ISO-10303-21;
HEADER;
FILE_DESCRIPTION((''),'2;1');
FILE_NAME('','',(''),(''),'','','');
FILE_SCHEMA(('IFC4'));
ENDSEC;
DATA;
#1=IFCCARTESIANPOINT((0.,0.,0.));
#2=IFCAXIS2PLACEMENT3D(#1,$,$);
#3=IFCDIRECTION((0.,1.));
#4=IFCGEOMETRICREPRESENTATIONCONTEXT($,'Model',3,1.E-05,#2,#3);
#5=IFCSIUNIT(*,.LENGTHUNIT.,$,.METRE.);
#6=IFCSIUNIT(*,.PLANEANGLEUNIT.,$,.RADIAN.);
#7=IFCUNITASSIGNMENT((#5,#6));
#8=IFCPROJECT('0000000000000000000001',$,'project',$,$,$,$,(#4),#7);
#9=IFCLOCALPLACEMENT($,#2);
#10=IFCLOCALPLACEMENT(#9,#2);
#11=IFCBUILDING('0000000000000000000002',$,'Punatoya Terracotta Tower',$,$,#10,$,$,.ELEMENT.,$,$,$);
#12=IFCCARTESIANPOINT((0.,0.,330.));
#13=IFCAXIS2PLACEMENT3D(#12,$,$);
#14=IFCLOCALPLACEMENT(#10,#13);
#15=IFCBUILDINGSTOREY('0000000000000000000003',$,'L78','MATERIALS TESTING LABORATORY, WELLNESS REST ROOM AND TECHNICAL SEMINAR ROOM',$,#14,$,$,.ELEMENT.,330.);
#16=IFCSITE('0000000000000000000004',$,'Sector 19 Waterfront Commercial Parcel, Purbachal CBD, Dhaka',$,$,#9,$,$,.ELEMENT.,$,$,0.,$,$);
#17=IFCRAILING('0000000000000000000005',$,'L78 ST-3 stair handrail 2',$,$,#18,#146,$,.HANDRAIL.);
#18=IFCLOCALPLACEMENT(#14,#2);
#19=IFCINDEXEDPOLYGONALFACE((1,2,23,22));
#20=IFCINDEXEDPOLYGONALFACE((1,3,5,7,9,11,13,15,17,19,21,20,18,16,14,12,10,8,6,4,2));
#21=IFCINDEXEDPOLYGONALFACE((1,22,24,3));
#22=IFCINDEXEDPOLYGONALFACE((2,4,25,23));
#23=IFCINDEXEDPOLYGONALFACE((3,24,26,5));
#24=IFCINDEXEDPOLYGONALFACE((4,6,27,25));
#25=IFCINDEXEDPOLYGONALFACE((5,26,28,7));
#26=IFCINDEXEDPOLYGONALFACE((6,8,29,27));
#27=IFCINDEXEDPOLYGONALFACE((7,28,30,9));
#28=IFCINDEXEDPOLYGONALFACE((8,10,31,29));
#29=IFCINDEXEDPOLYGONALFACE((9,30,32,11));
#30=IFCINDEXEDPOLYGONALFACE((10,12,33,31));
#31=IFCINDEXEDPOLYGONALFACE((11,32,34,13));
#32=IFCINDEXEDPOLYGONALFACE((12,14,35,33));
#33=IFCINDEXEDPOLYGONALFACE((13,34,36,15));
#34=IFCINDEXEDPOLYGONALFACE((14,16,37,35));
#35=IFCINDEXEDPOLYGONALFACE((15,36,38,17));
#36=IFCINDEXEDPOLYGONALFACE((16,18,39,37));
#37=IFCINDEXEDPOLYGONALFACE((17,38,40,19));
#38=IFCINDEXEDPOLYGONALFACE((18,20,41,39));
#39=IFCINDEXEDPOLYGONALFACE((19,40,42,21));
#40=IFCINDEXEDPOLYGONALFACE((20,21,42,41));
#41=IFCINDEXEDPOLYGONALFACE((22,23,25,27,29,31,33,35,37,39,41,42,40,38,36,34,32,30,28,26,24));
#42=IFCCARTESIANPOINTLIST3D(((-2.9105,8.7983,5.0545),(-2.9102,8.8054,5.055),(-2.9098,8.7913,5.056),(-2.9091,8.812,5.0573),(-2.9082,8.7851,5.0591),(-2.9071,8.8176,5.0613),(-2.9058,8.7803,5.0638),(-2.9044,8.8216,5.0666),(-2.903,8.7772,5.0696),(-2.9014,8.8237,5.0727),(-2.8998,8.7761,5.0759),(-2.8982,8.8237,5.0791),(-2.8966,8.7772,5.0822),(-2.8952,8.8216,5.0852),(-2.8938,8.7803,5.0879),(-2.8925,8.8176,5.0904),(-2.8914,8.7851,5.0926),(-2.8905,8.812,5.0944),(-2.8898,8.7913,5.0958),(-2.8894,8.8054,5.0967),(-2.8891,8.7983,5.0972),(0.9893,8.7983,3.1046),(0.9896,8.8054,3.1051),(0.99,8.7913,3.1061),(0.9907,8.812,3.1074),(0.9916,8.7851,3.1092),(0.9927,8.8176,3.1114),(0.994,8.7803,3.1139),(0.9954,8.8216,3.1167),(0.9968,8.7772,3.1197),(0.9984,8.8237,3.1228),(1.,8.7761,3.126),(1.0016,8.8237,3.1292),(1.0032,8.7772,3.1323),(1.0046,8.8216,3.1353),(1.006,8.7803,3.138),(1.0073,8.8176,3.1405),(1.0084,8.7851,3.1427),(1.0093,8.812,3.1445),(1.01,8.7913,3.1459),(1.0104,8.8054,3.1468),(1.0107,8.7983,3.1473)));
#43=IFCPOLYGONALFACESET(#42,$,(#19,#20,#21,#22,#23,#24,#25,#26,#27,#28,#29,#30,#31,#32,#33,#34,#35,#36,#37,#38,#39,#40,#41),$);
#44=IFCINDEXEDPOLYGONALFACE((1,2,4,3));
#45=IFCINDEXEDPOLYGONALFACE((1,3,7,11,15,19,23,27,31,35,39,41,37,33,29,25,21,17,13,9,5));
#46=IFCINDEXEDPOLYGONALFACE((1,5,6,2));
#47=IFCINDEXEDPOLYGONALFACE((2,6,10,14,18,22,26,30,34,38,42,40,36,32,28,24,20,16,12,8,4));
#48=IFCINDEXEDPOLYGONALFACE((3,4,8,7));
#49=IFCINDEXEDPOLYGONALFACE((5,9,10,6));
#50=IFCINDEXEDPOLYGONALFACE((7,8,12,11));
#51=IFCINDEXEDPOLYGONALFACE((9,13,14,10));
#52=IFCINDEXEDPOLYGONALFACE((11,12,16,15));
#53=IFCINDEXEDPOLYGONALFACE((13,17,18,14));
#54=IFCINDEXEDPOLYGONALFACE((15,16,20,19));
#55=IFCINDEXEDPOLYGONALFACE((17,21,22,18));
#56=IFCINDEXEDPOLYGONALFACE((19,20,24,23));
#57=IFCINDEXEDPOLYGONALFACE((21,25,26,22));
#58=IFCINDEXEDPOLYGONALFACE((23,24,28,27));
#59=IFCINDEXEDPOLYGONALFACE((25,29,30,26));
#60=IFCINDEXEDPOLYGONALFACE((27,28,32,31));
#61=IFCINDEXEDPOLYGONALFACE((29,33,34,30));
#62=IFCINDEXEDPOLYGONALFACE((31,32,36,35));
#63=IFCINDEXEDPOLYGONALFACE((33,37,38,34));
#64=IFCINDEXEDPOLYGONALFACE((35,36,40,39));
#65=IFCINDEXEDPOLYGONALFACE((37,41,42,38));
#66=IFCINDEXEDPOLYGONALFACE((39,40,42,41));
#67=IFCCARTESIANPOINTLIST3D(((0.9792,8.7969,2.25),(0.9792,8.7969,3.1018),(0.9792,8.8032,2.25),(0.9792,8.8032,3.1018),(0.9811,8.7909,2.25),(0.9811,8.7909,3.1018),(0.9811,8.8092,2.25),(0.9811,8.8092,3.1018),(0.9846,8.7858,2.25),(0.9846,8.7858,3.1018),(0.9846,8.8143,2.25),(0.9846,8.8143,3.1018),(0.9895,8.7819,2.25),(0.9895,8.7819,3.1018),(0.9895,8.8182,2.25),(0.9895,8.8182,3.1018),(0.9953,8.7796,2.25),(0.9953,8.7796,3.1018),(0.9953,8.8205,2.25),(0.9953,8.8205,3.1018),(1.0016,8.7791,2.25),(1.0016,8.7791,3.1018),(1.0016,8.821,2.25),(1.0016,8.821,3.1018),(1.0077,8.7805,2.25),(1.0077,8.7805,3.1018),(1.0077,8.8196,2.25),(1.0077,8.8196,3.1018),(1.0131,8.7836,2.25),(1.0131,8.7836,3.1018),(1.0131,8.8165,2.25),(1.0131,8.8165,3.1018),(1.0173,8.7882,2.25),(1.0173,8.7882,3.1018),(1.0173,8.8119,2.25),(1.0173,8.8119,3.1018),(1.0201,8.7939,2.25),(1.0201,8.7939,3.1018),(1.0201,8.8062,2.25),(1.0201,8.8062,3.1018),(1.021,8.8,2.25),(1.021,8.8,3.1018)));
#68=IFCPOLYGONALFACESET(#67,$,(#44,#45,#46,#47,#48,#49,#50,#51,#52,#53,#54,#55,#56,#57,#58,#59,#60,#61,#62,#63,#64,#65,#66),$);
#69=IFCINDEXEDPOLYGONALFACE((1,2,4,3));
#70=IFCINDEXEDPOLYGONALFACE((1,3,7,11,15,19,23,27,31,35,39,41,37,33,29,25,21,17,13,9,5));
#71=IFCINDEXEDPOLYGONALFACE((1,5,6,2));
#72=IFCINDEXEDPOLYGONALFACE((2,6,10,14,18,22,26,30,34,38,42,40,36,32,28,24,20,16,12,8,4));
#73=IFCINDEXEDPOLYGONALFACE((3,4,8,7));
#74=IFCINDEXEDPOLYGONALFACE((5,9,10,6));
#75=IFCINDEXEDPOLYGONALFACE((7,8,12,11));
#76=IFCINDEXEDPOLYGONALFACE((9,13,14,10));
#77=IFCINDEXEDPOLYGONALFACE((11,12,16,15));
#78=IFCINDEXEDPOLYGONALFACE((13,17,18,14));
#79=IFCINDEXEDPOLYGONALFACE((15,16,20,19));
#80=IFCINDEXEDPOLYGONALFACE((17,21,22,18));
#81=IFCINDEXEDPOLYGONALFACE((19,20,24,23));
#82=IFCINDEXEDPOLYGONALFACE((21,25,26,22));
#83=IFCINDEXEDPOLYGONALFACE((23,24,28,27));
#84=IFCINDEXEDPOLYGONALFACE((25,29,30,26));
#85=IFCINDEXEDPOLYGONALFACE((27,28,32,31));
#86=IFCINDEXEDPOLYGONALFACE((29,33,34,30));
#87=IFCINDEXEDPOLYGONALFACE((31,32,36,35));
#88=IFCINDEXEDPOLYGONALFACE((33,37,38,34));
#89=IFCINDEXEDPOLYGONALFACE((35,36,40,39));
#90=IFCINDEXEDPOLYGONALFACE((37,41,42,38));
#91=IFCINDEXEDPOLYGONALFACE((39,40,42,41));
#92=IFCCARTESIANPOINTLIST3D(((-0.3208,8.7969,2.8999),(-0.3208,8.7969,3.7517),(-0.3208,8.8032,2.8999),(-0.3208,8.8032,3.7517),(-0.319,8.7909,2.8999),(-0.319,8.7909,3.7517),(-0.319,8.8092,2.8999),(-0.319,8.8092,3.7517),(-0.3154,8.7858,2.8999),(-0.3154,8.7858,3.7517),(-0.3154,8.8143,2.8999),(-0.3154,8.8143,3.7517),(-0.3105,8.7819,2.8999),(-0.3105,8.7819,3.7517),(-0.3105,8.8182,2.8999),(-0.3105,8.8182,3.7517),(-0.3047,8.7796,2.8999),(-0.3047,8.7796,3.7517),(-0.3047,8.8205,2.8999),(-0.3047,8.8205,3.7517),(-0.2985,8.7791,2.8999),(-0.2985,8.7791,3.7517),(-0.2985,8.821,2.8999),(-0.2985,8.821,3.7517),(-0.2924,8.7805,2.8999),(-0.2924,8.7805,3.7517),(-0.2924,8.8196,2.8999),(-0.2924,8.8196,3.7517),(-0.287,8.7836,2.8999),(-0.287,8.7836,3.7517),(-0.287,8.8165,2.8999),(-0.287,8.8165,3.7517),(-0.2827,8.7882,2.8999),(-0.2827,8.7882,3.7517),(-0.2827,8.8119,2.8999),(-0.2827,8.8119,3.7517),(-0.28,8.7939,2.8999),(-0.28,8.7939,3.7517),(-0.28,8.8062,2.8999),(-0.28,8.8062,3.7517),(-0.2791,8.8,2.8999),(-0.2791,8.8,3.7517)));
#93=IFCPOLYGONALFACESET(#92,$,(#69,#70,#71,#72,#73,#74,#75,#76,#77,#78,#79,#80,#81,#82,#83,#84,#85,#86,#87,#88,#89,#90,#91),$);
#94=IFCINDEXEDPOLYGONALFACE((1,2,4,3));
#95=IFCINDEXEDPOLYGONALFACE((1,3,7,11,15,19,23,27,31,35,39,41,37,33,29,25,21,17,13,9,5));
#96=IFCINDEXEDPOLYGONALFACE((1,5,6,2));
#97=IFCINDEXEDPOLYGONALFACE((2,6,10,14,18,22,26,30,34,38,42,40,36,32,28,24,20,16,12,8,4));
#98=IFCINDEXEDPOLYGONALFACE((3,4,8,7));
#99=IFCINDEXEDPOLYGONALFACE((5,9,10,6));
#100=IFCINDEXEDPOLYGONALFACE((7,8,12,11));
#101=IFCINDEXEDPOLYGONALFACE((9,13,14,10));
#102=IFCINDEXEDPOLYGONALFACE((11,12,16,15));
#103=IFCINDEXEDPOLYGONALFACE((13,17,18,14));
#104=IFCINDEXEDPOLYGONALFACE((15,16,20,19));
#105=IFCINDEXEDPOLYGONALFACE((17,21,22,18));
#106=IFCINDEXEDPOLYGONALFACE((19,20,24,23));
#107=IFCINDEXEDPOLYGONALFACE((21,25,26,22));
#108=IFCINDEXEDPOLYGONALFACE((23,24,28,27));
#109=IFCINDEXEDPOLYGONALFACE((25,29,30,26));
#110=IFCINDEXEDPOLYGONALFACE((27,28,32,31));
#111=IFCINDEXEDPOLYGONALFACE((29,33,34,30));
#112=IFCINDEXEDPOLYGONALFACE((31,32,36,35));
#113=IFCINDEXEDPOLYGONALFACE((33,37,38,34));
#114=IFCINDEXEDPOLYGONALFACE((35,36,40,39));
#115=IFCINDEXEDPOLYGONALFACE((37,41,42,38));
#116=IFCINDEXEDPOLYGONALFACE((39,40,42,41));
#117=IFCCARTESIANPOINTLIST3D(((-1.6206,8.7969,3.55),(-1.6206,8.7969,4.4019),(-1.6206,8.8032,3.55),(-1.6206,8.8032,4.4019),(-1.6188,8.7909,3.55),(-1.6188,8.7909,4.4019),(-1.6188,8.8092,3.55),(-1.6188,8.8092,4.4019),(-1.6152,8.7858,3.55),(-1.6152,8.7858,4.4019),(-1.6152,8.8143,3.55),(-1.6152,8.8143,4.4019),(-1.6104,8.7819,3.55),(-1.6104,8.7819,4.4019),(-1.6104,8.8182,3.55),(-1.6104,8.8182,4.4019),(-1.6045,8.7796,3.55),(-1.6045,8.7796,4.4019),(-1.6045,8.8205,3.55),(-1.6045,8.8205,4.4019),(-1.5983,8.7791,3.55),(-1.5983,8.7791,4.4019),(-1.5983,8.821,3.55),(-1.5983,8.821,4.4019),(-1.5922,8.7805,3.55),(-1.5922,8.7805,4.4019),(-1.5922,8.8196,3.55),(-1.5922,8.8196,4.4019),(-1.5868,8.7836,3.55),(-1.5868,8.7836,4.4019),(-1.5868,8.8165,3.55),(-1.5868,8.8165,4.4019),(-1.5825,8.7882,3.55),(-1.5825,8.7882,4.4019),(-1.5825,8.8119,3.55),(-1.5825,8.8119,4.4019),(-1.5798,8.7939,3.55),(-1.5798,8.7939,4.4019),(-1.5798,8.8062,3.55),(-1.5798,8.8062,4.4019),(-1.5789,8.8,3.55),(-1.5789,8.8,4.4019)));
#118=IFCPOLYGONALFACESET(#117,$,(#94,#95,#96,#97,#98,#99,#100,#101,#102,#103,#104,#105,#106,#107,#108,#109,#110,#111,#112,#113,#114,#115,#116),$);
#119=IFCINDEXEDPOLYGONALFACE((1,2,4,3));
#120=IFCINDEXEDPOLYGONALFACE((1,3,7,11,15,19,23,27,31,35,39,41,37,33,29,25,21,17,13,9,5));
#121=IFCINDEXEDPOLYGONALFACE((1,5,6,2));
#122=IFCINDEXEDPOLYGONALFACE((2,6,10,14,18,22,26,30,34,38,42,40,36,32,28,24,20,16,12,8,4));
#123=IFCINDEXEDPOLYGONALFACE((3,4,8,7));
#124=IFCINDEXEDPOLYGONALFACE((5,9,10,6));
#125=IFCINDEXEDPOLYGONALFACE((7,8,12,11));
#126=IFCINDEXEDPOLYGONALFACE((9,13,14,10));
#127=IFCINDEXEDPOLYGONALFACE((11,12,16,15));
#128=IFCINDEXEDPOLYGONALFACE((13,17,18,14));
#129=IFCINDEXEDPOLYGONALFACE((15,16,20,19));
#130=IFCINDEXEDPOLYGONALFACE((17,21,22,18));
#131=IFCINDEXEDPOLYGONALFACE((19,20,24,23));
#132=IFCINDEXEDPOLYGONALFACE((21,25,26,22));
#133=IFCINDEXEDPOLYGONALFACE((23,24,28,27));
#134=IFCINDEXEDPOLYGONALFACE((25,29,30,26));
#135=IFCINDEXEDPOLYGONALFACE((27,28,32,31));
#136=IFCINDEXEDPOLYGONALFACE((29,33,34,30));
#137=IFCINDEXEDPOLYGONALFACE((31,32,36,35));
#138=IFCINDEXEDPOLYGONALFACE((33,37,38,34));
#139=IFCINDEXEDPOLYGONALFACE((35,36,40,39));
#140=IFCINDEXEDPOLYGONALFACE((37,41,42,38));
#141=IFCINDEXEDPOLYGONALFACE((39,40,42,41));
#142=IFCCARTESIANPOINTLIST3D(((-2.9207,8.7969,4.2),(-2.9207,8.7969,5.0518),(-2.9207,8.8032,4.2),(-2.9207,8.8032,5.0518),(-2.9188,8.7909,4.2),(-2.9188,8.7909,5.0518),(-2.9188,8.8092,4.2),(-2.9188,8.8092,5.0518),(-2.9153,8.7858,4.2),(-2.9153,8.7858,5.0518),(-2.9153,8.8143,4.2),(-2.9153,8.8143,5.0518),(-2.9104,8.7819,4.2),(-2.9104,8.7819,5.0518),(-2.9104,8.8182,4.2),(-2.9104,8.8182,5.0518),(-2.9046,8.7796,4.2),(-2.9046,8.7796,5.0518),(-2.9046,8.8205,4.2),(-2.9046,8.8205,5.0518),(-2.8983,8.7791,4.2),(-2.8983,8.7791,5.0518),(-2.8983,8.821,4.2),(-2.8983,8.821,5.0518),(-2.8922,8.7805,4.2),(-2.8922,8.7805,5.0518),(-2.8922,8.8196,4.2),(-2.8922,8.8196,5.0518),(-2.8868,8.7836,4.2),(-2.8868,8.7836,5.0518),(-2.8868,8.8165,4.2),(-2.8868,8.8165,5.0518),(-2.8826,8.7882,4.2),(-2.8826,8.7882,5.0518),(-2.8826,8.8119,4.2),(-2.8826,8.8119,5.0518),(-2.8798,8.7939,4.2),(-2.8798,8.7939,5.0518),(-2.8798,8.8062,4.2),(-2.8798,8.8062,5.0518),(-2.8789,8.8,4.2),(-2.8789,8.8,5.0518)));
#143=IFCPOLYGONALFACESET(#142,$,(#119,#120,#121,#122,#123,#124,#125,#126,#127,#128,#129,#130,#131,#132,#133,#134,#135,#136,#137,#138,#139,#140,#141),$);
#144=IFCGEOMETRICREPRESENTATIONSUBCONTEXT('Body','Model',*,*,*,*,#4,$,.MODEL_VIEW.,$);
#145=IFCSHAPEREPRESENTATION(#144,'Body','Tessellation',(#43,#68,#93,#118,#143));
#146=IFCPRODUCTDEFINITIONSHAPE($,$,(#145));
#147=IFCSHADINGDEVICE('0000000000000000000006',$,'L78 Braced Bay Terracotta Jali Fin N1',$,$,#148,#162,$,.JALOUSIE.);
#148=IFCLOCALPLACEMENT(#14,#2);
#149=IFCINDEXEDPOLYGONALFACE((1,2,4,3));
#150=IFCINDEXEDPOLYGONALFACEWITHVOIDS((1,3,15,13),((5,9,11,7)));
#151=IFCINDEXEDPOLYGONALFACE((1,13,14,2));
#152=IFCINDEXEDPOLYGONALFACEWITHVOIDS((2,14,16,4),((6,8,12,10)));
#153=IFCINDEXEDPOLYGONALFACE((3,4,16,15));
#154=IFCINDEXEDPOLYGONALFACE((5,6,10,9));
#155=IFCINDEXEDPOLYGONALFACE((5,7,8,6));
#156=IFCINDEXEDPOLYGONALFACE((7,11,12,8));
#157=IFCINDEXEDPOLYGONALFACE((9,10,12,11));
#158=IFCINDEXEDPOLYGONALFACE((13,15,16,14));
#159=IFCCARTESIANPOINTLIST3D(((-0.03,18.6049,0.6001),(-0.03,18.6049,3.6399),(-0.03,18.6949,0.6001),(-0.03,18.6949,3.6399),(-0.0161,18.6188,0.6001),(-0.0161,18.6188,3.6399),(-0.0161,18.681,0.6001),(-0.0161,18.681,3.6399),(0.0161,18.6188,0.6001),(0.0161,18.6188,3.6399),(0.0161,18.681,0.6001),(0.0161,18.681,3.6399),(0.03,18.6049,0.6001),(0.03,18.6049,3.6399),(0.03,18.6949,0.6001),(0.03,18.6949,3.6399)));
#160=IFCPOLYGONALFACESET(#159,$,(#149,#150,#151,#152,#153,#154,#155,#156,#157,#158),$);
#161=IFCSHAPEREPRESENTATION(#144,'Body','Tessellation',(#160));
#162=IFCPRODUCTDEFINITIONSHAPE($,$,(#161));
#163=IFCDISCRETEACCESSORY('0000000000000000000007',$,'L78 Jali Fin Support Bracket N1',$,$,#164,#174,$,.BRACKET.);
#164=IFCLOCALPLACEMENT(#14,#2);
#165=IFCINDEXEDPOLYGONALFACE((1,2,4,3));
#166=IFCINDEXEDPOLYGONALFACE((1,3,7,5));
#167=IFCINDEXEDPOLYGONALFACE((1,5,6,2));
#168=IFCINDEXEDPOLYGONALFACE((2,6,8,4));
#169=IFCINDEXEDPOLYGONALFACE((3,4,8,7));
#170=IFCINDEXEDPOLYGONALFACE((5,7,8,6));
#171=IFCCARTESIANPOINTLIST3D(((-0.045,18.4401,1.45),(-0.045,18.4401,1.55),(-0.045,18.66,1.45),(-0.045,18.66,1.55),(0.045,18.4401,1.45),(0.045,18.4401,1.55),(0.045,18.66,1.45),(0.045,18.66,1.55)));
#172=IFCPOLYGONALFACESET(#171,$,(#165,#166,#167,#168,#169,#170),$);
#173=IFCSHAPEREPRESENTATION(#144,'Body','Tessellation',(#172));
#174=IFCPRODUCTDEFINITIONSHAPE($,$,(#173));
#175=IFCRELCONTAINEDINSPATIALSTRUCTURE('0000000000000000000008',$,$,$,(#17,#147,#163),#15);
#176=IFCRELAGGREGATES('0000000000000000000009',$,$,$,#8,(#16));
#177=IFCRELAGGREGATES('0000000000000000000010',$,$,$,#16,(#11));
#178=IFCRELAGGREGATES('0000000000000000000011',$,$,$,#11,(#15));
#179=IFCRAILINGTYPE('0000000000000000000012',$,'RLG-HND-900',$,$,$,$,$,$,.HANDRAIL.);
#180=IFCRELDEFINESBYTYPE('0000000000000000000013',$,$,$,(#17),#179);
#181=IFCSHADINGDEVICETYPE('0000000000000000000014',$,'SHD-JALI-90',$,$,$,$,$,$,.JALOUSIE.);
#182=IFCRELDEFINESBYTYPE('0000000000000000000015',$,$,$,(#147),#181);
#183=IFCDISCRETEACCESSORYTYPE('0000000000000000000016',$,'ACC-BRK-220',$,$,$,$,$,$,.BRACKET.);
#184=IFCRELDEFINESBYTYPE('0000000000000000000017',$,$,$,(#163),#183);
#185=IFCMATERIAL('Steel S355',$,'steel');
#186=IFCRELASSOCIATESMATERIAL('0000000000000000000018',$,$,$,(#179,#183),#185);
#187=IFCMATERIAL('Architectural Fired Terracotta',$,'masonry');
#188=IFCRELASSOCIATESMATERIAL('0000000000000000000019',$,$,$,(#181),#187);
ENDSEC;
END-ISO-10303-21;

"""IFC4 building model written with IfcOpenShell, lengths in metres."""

from ifc_helpers import new_model, si_unit, direction, frame, origin, origin_2d, place, context, subcontext, project, spatial, rectangle, hollow_rectangle, circle, extrude, material, material_profile, profile_set, type_object, element, save


model = new_model("IFC4")

# Units and contexts
model_context = context("Model", 3, precision=1e-05, world=origin(), true_north=direction((0.0, 1.0)))
body_context = subcontext(model_context, "Body", "Model", "MODEL_VIEW")
ifc_project = project(units=[si_unit("LENGTHUNIT", "METRE"), si_unit("PLANEANGLEUNIT", "RADIAN")], contexts=[model_context])

# Site, building, storey
site_placement = place(None, origin())
site = spatial("IfcSite", under=ifc_project, at=site_placement, Name="Sector 19 Waterfront Commercial Parcel, Purbachal CBD, Dhaka", CompositionType="ELEMENT", RefElevation=0.0)
building_placement = place(site_placement, origin())
building = spatial("IfcBuilding", under=site, at=building_placement, Name="Punatoya Terracotta Tower", CompositionType="ELEMENT")
storey_placement = place(building_placement, frame((0.0, 0.0, 330.0)))
storey = spatial("IfcBuildingStorey", under=building, at=storey_placement, Name="L78", Description="MATERIALS TESTING LABORATORY, WELLNESS REST ROOM AND TECHNICAL SEMINAR ROOM", CompositionType="ELEMENT", Elevation=330.0)

# Shared definitions
ifc_material_1 = material(Name="Steel S355", Category="steel")

# Railing
railing_type_1 = type_object("IfcRailingType", Name="RLG-HND-900", PredefinedType="HANDRAIL", material=ifc_material_1)
railing_1_placement = place(storey_placement, frame((1.0, 8.8, 2.25)))
element("IfcRailing", 1, at=railing_1_placement, inside=storey, type_object=railing_type_1, Name="L78 ST-3 stair handrail 2", PredefinedType="HANDRAIL", context=body_context, shape_type="SweptSolid", body=[
    extrude(circle(Radius=0.0239, at=origin_2d()), frame((0.0, 0.0, 0.876), z_axis=(-0.894427, 0.0, 0.447214), x_axis=(0.0, -1.0, 0.0)), (0.0, 0.0, 1.0), 4.3601),
    extrude(circle(Radius=0.021, at=origin_2d()), origin(), (0.0, 0.0, 1.0), 0.8518),
    extrude(circle(Radius=0.021, at=origin_2d()), frame((-1.3, 0.0, 0.6499)), (0.0, 0.0, 1.0), 0.8518),
    extrude(circle(Radius=0.021, at=origin_2d()), frame((-2.5999, 0.0, 1.3)), (0.0, 0.0, 1.0), 0.8518),
    extrude(circle(Radius=0.021, at=origin_2d()), frame((-3.8999, 0.0, 1.95)), (0.0, 0.0, 1.0), 0.8518),
])

# Shading device
ifc_material_2 = material(Name="Architectural Fired Terracotta", Category="masonry")
ifc_material_profile_1 = material_profile(ifc_material_2, hollow_rectangle(XDim=0.0601, YDim=0.0901, WallThickness=0.0139, at=origin_2d()))
ifc_profile_set_1 = profile_set([ifc_material_profile_1], Name="Architectural Fired Terracotta")
shading_device_type = type_object("IfcShadingDeviceType", Name="SHD-JALI-90", PredefinedType="JALOUSIE", material=ifc_profile_set_1)
shading_device_placement = place(storey_placement, frame((0.0, 18.6499, 0.6001), z_axis=(0.0, 0.0, 1.0), x_axis=(1.0, 0.0, 0.0)))
element("IfcShadingDevice", 2, at=shading_device_placement, inside=storey, type_object=shading_device_type, Name="L78 Braced Bay Terracotta Jali Fin N1", PredefinedType="JALOUSIE", context=body_context, shape_type="SweptSolid", body=[
    extrude(hollow_rectangle(XDim=0.0601, YDim=0.0901, WallThickness=0.0139, at=origin_2d()), origin(), (0.0, 0.0, 1.0), 3.0398),
])

# Discrete accessory
discrete_accessory_type = type_object("IfcDiscreteAccessoryType", Name="ACC-BRK-220", PredefinedType="BRACKET", material=ifc_material_1)
discrete_accessory_placement = place(storey_placement, frame((0.0, 18.55, 1.45), z_axis=(0.0, 0.0, 1.0), x_axis=(-1.0, 0.0, 0.0)))
element("IfcDiscreteAccessory", 3, at=discrete_accessory_placement, inside=storey, type_object=discrete_accessory_type, Name="L78 Jali Fin Support Bracket N1", PredefinedType="BRACKET", context=body_context, shape_type="SweptSolid", body=[
    extrude(rectangle(XDim=0.0901, YDim=0.22, at=origin_2d()), origin(), (0.0, 0.0, 1.0), 0.1001),
])

save(model, "model.ifc")
